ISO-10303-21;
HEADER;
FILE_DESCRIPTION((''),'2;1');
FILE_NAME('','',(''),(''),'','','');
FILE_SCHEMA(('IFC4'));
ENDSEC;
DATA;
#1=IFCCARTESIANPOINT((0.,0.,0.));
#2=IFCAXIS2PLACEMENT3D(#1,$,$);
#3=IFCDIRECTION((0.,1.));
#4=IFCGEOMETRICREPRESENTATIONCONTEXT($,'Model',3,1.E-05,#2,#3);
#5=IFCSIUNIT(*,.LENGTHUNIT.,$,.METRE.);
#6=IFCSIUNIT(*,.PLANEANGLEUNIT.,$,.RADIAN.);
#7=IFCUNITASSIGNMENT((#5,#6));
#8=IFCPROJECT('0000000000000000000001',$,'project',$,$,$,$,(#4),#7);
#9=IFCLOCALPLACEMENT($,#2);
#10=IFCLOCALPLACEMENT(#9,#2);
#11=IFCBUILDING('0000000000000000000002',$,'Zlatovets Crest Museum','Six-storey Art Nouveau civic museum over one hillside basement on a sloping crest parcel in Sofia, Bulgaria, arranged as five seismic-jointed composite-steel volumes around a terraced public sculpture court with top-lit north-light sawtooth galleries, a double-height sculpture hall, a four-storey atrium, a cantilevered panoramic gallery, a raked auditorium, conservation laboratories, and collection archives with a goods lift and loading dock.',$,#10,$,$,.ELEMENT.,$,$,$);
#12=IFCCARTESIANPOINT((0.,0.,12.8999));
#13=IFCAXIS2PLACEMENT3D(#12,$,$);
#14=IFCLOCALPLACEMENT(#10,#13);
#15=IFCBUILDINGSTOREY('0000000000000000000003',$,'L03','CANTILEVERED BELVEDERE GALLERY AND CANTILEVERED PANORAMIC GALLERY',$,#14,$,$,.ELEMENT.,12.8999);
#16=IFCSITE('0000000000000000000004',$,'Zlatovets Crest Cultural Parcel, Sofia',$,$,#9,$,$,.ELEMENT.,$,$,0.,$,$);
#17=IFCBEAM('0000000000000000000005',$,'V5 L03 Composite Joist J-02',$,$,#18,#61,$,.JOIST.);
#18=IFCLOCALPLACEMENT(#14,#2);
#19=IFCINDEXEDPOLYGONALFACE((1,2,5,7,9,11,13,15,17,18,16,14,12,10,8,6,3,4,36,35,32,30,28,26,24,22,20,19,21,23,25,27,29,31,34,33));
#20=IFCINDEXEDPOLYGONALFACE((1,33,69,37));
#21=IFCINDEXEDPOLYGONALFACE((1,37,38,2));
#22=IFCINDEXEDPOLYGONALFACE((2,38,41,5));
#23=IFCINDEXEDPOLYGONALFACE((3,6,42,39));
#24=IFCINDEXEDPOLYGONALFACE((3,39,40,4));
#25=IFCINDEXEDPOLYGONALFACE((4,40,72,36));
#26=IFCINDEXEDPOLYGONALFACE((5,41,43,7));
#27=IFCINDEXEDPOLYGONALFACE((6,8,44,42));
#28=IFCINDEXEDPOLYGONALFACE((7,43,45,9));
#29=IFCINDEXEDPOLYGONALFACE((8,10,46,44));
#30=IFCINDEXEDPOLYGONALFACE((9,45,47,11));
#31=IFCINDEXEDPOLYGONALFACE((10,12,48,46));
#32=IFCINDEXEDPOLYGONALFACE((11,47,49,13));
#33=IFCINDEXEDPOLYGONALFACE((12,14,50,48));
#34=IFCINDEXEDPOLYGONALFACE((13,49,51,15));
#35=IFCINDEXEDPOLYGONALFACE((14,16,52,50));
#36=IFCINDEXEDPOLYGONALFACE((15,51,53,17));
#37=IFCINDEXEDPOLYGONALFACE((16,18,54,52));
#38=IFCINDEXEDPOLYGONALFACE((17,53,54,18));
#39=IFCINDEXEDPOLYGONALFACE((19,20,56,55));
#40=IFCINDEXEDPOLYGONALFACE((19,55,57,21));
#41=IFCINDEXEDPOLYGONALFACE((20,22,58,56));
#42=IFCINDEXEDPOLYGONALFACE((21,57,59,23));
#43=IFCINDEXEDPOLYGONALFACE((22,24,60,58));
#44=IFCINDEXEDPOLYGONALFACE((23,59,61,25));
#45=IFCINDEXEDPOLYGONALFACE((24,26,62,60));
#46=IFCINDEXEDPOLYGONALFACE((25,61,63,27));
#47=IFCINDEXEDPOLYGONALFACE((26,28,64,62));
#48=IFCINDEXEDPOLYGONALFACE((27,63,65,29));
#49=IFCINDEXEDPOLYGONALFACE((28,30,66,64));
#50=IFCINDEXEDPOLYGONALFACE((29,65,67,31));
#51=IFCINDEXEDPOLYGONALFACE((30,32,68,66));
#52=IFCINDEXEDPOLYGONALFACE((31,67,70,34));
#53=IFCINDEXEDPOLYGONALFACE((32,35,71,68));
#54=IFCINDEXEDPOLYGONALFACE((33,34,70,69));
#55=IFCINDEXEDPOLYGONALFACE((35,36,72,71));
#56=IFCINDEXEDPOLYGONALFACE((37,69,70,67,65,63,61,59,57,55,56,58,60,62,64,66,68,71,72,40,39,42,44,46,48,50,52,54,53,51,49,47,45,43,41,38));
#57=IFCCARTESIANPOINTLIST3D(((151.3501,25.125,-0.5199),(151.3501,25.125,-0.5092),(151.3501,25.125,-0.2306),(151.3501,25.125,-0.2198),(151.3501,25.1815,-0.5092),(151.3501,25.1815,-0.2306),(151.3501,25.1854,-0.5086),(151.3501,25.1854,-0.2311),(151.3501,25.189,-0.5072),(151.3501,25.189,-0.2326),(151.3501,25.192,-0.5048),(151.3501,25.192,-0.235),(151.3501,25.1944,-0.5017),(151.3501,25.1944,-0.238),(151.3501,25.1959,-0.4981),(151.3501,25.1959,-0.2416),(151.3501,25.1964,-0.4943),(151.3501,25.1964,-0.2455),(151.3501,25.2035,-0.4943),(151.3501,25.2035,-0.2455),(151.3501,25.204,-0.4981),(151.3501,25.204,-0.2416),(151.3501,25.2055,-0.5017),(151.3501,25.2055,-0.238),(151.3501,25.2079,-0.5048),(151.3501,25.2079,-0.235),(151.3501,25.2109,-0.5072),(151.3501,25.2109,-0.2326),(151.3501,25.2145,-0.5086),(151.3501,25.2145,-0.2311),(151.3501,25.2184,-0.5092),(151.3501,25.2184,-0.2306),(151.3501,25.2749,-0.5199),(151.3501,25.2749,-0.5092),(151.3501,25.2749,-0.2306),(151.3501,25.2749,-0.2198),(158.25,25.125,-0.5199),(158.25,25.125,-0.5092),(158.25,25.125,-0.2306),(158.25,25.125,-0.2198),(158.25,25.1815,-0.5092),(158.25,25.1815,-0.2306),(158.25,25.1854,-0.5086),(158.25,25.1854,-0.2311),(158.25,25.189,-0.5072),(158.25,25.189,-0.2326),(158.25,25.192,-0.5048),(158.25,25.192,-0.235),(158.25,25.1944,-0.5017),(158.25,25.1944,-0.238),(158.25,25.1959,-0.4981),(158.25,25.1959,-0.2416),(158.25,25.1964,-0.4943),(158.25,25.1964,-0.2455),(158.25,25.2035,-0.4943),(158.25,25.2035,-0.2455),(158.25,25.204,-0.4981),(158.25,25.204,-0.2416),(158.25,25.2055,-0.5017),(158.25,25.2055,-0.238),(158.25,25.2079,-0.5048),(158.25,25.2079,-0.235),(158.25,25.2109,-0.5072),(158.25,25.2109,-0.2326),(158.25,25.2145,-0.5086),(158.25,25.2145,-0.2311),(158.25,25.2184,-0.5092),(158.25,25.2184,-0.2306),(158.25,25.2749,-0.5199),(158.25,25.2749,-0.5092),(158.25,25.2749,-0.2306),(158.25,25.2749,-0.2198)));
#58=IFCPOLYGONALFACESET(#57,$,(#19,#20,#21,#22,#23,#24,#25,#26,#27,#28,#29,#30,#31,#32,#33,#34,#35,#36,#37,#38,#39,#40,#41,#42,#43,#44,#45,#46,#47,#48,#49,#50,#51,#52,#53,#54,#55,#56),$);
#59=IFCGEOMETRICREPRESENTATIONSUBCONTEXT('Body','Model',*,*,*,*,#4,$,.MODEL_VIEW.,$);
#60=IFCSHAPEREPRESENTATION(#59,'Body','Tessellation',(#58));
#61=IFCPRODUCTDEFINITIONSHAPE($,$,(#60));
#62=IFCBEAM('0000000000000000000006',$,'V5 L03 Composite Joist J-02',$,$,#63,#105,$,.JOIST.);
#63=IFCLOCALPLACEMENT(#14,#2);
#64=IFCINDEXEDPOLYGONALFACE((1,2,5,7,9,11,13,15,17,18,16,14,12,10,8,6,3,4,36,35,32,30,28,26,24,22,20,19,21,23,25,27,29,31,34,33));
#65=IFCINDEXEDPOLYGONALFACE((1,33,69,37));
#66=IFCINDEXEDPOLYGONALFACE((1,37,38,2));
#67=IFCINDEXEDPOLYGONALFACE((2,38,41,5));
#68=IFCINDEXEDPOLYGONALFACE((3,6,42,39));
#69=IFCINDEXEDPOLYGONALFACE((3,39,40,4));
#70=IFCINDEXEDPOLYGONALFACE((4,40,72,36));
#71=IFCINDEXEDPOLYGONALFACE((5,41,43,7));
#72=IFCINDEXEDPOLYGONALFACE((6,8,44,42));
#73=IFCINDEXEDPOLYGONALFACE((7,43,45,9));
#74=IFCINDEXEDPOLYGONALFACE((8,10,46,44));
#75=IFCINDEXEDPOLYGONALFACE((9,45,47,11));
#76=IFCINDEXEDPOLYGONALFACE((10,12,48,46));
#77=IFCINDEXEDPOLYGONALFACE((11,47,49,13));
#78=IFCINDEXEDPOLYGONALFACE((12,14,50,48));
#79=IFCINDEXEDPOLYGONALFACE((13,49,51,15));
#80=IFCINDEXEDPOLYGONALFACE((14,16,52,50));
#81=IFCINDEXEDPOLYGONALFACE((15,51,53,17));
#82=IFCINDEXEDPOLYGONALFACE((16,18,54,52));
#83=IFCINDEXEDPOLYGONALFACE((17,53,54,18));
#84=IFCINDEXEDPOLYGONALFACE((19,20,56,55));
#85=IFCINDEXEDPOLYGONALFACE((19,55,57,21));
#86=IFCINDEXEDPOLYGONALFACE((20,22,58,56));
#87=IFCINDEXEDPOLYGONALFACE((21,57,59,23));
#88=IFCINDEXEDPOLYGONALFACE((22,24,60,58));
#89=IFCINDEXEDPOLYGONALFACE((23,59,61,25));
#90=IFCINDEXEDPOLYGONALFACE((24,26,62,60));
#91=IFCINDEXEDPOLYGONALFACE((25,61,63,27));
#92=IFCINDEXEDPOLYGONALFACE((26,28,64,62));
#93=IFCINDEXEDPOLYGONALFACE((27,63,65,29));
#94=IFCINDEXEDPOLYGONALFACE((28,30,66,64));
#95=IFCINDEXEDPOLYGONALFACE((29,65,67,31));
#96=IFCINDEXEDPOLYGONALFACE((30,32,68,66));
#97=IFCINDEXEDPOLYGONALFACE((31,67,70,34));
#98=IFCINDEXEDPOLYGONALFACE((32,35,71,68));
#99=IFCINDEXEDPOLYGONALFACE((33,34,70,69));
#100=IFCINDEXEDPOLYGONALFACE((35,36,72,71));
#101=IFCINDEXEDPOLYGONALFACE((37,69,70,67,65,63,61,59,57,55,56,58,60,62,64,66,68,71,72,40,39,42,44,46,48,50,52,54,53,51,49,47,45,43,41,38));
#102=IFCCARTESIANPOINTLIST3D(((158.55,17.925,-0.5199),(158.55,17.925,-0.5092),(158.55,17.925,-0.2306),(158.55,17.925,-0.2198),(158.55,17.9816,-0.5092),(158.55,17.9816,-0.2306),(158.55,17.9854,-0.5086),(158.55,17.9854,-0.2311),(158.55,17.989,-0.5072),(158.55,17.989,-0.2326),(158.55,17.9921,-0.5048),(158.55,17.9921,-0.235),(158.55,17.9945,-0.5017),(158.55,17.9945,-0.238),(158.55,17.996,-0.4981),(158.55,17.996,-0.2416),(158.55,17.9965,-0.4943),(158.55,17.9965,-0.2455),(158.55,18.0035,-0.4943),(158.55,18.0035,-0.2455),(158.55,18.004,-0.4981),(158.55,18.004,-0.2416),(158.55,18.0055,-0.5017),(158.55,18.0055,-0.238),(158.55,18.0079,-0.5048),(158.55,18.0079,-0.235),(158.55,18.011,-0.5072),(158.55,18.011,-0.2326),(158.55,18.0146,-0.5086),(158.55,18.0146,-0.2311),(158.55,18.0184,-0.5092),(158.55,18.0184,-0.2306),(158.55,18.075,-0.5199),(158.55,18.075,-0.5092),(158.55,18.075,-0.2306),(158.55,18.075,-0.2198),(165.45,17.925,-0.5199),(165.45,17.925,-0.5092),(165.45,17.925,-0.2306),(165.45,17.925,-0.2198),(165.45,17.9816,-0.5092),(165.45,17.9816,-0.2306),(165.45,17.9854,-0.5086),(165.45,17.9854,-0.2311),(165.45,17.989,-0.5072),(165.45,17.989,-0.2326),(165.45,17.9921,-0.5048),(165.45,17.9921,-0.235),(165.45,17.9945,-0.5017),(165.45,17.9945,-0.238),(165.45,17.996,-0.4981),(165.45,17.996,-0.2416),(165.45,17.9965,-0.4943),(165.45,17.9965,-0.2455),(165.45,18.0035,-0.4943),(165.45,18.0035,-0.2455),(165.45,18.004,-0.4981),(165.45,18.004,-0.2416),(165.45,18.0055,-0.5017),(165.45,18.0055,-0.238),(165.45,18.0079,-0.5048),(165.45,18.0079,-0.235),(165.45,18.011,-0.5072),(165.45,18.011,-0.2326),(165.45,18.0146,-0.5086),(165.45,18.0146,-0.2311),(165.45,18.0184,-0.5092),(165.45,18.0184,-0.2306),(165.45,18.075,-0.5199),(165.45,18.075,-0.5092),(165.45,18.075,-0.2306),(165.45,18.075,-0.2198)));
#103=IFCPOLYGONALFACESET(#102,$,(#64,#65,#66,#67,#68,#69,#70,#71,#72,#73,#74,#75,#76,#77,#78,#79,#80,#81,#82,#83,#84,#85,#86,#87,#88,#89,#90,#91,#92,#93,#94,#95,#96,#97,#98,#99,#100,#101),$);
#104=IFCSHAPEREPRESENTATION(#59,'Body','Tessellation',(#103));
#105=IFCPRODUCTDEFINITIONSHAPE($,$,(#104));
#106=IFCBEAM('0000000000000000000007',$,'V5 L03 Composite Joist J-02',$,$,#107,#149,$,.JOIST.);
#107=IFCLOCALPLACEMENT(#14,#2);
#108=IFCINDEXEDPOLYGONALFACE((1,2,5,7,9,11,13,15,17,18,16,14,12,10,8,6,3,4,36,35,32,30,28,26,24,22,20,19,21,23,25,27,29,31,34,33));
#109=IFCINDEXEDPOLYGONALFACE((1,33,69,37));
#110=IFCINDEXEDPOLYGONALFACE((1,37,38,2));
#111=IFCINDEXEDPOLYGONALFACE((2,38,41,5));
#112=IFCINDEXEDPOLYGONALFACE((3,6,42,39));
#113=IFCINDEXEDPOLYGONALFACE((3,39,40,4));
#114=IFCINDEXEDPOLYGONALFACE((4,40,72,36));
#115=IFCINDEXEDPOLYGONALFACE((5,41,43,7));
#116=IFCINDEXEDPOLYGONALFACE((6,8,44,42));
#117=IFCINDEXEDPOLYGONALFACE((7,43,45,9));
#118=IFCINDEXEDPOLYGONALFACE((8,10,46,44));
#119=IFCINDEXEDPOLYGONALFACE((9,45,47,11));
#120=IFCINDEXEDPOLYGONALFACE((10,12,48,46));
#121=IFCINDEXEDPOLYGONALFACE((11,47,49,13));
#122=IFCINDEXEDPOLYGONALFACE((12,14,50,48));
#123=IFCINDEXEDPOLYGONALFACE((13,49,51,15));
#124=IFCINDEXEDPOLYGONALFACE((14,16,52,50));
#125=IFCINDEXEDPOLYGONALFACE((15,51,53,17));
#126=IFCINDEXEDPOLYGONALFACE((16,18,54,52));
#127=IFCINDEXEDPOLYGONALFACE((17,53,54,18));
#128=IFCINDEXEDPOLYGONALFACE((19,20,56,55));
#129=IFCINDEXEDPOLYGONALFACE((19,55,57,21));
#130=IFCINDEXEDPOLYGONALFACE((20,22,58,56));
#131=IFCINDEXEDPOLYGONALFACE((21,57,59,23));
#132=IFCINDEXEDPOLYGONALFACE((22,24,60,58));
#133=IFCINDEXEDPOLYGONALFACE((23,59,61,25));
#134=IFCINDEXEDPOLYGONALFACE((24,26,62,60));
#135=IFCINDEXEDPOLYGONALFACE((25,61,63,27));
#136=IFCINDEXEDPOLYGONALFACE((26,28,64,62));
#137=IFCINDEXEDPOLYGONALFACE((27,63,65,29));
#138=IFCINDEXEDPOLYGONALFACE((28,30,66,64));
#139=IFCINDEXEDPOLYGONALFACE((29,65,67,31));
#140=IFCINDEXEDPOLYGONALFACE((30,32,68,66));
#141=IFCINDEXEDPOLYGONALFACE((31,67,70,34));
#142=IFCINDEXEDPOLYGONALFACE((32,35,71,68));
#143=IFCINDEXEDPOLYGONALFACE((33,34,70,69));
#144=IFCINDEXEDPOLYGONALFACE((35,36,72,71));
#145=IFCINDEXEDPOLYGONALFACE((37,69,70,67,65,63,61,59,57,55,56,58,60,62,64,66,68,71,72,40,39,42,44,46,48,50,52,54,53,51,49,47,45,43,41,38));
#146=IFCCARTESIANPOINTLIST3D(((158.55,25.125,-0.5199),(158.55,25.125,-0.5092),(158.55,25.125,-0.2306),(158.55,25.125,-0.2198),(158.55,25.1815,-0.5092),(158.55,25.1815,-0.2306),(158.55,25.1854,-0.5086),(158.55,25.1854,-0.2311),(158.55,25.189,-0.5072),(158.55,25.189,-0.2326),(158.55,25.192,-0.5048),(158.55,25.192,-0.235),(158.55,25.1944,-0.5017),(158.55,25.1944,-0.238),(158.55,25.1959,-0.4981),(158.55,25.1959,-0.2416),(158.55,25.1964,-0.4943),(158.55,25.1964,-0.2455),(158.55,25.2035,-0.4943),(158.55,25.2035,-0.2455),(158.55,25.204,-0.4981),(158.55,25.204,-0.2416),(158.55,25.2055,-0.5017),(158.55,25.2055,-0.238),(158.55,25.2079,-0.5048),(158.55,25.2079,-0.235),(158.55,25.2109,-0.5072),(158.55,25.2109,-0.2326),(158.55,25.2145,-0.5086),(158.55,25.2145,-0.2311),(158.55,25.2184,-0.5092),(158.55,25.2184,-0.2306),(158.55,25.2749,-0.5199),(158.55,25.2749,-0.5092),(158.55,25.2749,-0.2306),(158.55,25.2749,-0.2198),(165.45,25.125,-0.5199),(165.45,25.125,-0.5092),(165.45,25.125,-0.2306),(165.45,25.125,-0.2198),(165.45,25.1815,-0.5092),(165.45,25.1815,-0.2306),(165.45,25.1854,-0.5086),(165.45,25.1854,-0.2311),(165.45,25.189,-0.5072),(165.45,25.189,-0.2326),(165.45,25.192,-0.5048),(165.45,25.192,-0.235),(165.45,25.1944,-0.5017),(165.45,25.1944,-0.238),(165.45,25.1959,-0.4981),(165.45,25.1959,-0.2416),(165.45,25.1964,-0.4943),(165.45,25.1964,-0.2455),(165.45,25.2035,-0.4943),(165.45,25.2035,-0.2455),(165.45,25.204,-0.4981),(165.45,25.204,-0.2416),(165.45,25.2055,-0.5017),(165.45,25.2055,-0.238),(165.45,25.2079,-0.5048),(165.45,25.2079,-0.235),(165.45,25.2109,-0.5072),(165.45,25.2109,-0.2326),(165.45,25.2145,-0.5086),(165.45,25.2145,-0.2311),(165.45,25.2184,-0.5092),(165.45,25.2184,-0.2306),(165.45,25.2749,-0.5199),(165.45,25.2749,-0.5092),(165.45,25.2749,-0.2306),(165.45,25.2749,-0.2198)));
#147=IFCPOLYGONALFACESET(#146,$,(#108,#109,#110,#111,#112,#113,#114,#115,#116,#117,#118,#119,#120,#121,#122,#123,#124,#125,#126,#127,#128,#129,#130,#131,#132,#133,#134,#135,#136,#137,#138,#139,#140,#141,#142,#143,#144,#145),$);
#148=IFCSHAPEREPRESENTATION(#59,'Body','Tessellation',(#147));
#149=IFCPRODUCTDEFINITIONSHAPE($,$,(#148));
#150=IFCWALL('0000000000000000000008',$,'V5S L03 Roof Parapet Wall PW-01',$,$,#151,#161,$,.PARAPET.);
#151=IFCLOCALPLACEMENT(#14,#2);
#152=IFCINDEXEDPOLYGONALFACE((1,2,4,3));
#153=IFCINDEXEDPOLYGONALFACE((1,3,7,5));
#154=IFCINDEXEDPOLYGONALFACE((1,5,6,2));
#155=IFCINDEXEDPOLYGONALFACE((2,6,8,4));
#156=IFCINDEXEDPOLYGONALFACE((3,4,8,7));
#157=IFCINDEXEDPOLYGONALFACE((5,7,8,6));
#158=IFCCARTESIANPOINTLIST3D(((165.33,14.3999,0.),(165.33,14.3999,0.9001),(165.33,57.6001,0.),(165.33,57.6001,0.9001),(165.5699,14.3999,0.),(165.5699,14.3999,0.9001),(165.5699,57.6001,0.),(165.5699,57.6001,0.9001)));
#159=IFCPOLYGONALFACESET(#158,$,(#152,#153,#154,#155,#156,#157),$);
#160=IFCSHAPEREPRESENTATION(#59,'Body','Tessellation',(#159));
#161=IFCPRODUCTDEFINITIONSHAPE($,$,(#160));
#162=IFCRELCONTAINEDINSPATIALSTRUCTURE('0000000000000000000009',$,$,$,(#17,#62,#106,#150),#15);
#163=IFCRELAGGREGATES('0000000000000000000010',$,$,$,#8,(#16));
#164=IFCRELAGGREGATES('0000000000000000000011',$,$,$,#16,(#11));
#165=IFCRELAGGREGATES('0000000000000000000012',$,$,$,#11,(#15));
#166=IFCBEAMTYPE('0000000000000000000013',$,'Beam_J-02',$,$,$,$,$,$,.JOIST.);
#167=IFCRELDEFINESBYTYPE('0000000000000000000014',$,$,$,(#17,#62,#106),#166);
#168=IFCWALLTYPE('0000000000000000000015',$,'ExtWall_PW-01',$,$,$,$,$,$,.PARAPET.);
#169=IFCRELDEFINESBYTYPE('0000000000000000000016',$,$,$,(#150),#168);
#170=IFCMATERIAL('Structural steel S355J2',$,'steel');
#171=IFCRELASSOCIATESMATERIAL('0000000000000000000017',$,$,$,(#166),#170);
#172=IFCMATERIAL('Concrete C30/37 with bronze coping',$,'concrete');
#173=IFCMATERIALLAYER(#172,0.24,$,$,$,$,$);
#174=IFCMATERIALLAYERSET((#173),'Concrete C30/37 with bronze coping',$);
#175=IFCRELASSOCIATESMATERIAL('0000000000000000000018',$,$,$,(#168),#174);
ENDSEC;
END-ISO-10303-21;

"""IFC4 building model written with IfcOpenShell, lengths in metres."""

from ifc_helpers import new_model, si_unit, direction, frame, frame_2d, origin, origin_2d, place, context, subcontext, project, spatial, rectangle, i_section, extrude, material, layer, layer_set, material_profile, profile_set, type_object, element, save


model = new_model("IFC4")

# Units and contexts
model_context = context("Model", 3, precision=1e-05, world=origin(), true_north=direction((0.0, 1.0)))
body_context = subcontext(model_context, "Body", "Model", "MODEL_VIEW")
ifc_project = project(units=[si_unit("LENGTHUNIT", "METRE"), si_unit("PLANEANGLEUNIT", "RADIAN")], contexts=[model_context])

# Site, building, storey
site_placement = place(None, origin())
site = spatial("IfcSite", under=ifc_project, at=site_placement, Name="Zlatovets Crest Cultural Parcel, Sofia", CompositionType="ELEMENT", RefElevation=0.0)
building_placement = place(site_placement, origin())
building = spatial("IfcBuilding", under=site, at=building_placement, Name="Zlatovets Crest Museum", Description="Six-storey Art Nouveau civic museum over one hillside basement on a sloping crest parcel in Sofia, Bulgaria, arranged as five seismic-jointed composite-steel volumes around a terraced public sculpture court with top-lit north-light sawtooth galleries, a double-height sculpture hall, a four-storey atrium, a cantilevered panoramic gallery, a raked auditorium, conservation laboratories, and collection archives with a goods lift and loading dock.", CompositionType="ELEMENT")
storey_placement = place(building_placement, frame((0.0, 0.0, 12.8999)))
storey = spatial("IfcBuildingStorey", under=building, at=storey_placement, Name="L03", Description="CANTILEVERED BELVEDERE GALLERY AND CANTILEVERED PANORAMIC GALLERY", CompositionType="ELEMENT", Elevation=12.8999)

# Beams
ifc_material_1 = material(Name="Structural steel S355J2", Category="steel")
ifc_material_profile_1 = material_profile(ifc_material_1, i_section(OverallWidth=0.1499, OverallDepth=0.3, WebThickness=0.0071, FlangeThickness=0.0107, FilletRadius=0.0149, at=origin_2d()), Name="IPE 300")
ifc_profile_set_1 = profile_set([ifc_material_profile_1], Name="Structural steel S355J2")
beam_type_1 = type_object("IfcBeamType", Name="Beam_J-02", PredefinedType="JOIST", material=ifc_profile_set_1)
for number, where, z_axis, x_axis, name in (
    (1, (151.3501, 25.2, -0.3699), (1.0, 0.0, 0.0), (0.0, 1.0, 0.0), "V5 L03 Composite Joist J-02"),
    (2, (158.55, 18.0, -0.3699), (1.0, 0.0, 0.0), (0.0, 1.0, 0.0), "V5 L03 Composite Joist J-02"),
    (3, (158.55, 25.2, -0.3699), (1.0, 0.0, 0.0), (0.0, 1.0, 0.0), "V5 L03 Composite Joist J-02"),
):
    element("IfcBeam", number, at=place(storey_placement, frame(where, z_axis=z_axis, x_axis=x_axis)), inside=storey, type_object=beam_type_1, Name=name, PredefinedType="JOIST", context=body_context, shape_type="SweptSolid", body=[
        extrude(i_section(OverallWidth=0.1499, OverallDepth=0.3, WebThickness=0.0071, FlangeThickness=0.0107, FilletRadius=0.0149, at=origin_2d()), origin(), (0.0, 0.0, 1.0), 6.8999),
    ])

# Wall
ifc_material_2 = material(Name="Concrete C30/37 with bronze coping", Category="concrete")
ifc_layer = layer(ifc_material_2, 0.24)
ifc_layer_set = layer_set([ifc_layer], Name="Concrete C30/37 with bronze coping")
wall_type = type_object("IfcWallType", Name="ExtWall_PW-01", PredefinedType="PARAPET", material=ifc_layer_set)
wall_placement = place(storey_placement, frame((165.45, 14.3999, 0.0), z_axis=(0.0, 0.0, 1.0), x_axis=(0.0, 1.0, 0.0)))
element("IfcWall", 4, at=wall_placement, inside=storey, type_object=wall_type, Name="V5S L03 Roof Parapet Wall PW-01", PredefinedType="PARAPET", context=body_context, shape_type="SweptSolid", body=[
    extrude(rectangle(XDim=43.2002, YDim=0.24, at=frame_2d((21.6001, 0.0))), origin(), (0.0, 0.0, 1.0), 0.9001),
])

save(model, "model.ifc")
